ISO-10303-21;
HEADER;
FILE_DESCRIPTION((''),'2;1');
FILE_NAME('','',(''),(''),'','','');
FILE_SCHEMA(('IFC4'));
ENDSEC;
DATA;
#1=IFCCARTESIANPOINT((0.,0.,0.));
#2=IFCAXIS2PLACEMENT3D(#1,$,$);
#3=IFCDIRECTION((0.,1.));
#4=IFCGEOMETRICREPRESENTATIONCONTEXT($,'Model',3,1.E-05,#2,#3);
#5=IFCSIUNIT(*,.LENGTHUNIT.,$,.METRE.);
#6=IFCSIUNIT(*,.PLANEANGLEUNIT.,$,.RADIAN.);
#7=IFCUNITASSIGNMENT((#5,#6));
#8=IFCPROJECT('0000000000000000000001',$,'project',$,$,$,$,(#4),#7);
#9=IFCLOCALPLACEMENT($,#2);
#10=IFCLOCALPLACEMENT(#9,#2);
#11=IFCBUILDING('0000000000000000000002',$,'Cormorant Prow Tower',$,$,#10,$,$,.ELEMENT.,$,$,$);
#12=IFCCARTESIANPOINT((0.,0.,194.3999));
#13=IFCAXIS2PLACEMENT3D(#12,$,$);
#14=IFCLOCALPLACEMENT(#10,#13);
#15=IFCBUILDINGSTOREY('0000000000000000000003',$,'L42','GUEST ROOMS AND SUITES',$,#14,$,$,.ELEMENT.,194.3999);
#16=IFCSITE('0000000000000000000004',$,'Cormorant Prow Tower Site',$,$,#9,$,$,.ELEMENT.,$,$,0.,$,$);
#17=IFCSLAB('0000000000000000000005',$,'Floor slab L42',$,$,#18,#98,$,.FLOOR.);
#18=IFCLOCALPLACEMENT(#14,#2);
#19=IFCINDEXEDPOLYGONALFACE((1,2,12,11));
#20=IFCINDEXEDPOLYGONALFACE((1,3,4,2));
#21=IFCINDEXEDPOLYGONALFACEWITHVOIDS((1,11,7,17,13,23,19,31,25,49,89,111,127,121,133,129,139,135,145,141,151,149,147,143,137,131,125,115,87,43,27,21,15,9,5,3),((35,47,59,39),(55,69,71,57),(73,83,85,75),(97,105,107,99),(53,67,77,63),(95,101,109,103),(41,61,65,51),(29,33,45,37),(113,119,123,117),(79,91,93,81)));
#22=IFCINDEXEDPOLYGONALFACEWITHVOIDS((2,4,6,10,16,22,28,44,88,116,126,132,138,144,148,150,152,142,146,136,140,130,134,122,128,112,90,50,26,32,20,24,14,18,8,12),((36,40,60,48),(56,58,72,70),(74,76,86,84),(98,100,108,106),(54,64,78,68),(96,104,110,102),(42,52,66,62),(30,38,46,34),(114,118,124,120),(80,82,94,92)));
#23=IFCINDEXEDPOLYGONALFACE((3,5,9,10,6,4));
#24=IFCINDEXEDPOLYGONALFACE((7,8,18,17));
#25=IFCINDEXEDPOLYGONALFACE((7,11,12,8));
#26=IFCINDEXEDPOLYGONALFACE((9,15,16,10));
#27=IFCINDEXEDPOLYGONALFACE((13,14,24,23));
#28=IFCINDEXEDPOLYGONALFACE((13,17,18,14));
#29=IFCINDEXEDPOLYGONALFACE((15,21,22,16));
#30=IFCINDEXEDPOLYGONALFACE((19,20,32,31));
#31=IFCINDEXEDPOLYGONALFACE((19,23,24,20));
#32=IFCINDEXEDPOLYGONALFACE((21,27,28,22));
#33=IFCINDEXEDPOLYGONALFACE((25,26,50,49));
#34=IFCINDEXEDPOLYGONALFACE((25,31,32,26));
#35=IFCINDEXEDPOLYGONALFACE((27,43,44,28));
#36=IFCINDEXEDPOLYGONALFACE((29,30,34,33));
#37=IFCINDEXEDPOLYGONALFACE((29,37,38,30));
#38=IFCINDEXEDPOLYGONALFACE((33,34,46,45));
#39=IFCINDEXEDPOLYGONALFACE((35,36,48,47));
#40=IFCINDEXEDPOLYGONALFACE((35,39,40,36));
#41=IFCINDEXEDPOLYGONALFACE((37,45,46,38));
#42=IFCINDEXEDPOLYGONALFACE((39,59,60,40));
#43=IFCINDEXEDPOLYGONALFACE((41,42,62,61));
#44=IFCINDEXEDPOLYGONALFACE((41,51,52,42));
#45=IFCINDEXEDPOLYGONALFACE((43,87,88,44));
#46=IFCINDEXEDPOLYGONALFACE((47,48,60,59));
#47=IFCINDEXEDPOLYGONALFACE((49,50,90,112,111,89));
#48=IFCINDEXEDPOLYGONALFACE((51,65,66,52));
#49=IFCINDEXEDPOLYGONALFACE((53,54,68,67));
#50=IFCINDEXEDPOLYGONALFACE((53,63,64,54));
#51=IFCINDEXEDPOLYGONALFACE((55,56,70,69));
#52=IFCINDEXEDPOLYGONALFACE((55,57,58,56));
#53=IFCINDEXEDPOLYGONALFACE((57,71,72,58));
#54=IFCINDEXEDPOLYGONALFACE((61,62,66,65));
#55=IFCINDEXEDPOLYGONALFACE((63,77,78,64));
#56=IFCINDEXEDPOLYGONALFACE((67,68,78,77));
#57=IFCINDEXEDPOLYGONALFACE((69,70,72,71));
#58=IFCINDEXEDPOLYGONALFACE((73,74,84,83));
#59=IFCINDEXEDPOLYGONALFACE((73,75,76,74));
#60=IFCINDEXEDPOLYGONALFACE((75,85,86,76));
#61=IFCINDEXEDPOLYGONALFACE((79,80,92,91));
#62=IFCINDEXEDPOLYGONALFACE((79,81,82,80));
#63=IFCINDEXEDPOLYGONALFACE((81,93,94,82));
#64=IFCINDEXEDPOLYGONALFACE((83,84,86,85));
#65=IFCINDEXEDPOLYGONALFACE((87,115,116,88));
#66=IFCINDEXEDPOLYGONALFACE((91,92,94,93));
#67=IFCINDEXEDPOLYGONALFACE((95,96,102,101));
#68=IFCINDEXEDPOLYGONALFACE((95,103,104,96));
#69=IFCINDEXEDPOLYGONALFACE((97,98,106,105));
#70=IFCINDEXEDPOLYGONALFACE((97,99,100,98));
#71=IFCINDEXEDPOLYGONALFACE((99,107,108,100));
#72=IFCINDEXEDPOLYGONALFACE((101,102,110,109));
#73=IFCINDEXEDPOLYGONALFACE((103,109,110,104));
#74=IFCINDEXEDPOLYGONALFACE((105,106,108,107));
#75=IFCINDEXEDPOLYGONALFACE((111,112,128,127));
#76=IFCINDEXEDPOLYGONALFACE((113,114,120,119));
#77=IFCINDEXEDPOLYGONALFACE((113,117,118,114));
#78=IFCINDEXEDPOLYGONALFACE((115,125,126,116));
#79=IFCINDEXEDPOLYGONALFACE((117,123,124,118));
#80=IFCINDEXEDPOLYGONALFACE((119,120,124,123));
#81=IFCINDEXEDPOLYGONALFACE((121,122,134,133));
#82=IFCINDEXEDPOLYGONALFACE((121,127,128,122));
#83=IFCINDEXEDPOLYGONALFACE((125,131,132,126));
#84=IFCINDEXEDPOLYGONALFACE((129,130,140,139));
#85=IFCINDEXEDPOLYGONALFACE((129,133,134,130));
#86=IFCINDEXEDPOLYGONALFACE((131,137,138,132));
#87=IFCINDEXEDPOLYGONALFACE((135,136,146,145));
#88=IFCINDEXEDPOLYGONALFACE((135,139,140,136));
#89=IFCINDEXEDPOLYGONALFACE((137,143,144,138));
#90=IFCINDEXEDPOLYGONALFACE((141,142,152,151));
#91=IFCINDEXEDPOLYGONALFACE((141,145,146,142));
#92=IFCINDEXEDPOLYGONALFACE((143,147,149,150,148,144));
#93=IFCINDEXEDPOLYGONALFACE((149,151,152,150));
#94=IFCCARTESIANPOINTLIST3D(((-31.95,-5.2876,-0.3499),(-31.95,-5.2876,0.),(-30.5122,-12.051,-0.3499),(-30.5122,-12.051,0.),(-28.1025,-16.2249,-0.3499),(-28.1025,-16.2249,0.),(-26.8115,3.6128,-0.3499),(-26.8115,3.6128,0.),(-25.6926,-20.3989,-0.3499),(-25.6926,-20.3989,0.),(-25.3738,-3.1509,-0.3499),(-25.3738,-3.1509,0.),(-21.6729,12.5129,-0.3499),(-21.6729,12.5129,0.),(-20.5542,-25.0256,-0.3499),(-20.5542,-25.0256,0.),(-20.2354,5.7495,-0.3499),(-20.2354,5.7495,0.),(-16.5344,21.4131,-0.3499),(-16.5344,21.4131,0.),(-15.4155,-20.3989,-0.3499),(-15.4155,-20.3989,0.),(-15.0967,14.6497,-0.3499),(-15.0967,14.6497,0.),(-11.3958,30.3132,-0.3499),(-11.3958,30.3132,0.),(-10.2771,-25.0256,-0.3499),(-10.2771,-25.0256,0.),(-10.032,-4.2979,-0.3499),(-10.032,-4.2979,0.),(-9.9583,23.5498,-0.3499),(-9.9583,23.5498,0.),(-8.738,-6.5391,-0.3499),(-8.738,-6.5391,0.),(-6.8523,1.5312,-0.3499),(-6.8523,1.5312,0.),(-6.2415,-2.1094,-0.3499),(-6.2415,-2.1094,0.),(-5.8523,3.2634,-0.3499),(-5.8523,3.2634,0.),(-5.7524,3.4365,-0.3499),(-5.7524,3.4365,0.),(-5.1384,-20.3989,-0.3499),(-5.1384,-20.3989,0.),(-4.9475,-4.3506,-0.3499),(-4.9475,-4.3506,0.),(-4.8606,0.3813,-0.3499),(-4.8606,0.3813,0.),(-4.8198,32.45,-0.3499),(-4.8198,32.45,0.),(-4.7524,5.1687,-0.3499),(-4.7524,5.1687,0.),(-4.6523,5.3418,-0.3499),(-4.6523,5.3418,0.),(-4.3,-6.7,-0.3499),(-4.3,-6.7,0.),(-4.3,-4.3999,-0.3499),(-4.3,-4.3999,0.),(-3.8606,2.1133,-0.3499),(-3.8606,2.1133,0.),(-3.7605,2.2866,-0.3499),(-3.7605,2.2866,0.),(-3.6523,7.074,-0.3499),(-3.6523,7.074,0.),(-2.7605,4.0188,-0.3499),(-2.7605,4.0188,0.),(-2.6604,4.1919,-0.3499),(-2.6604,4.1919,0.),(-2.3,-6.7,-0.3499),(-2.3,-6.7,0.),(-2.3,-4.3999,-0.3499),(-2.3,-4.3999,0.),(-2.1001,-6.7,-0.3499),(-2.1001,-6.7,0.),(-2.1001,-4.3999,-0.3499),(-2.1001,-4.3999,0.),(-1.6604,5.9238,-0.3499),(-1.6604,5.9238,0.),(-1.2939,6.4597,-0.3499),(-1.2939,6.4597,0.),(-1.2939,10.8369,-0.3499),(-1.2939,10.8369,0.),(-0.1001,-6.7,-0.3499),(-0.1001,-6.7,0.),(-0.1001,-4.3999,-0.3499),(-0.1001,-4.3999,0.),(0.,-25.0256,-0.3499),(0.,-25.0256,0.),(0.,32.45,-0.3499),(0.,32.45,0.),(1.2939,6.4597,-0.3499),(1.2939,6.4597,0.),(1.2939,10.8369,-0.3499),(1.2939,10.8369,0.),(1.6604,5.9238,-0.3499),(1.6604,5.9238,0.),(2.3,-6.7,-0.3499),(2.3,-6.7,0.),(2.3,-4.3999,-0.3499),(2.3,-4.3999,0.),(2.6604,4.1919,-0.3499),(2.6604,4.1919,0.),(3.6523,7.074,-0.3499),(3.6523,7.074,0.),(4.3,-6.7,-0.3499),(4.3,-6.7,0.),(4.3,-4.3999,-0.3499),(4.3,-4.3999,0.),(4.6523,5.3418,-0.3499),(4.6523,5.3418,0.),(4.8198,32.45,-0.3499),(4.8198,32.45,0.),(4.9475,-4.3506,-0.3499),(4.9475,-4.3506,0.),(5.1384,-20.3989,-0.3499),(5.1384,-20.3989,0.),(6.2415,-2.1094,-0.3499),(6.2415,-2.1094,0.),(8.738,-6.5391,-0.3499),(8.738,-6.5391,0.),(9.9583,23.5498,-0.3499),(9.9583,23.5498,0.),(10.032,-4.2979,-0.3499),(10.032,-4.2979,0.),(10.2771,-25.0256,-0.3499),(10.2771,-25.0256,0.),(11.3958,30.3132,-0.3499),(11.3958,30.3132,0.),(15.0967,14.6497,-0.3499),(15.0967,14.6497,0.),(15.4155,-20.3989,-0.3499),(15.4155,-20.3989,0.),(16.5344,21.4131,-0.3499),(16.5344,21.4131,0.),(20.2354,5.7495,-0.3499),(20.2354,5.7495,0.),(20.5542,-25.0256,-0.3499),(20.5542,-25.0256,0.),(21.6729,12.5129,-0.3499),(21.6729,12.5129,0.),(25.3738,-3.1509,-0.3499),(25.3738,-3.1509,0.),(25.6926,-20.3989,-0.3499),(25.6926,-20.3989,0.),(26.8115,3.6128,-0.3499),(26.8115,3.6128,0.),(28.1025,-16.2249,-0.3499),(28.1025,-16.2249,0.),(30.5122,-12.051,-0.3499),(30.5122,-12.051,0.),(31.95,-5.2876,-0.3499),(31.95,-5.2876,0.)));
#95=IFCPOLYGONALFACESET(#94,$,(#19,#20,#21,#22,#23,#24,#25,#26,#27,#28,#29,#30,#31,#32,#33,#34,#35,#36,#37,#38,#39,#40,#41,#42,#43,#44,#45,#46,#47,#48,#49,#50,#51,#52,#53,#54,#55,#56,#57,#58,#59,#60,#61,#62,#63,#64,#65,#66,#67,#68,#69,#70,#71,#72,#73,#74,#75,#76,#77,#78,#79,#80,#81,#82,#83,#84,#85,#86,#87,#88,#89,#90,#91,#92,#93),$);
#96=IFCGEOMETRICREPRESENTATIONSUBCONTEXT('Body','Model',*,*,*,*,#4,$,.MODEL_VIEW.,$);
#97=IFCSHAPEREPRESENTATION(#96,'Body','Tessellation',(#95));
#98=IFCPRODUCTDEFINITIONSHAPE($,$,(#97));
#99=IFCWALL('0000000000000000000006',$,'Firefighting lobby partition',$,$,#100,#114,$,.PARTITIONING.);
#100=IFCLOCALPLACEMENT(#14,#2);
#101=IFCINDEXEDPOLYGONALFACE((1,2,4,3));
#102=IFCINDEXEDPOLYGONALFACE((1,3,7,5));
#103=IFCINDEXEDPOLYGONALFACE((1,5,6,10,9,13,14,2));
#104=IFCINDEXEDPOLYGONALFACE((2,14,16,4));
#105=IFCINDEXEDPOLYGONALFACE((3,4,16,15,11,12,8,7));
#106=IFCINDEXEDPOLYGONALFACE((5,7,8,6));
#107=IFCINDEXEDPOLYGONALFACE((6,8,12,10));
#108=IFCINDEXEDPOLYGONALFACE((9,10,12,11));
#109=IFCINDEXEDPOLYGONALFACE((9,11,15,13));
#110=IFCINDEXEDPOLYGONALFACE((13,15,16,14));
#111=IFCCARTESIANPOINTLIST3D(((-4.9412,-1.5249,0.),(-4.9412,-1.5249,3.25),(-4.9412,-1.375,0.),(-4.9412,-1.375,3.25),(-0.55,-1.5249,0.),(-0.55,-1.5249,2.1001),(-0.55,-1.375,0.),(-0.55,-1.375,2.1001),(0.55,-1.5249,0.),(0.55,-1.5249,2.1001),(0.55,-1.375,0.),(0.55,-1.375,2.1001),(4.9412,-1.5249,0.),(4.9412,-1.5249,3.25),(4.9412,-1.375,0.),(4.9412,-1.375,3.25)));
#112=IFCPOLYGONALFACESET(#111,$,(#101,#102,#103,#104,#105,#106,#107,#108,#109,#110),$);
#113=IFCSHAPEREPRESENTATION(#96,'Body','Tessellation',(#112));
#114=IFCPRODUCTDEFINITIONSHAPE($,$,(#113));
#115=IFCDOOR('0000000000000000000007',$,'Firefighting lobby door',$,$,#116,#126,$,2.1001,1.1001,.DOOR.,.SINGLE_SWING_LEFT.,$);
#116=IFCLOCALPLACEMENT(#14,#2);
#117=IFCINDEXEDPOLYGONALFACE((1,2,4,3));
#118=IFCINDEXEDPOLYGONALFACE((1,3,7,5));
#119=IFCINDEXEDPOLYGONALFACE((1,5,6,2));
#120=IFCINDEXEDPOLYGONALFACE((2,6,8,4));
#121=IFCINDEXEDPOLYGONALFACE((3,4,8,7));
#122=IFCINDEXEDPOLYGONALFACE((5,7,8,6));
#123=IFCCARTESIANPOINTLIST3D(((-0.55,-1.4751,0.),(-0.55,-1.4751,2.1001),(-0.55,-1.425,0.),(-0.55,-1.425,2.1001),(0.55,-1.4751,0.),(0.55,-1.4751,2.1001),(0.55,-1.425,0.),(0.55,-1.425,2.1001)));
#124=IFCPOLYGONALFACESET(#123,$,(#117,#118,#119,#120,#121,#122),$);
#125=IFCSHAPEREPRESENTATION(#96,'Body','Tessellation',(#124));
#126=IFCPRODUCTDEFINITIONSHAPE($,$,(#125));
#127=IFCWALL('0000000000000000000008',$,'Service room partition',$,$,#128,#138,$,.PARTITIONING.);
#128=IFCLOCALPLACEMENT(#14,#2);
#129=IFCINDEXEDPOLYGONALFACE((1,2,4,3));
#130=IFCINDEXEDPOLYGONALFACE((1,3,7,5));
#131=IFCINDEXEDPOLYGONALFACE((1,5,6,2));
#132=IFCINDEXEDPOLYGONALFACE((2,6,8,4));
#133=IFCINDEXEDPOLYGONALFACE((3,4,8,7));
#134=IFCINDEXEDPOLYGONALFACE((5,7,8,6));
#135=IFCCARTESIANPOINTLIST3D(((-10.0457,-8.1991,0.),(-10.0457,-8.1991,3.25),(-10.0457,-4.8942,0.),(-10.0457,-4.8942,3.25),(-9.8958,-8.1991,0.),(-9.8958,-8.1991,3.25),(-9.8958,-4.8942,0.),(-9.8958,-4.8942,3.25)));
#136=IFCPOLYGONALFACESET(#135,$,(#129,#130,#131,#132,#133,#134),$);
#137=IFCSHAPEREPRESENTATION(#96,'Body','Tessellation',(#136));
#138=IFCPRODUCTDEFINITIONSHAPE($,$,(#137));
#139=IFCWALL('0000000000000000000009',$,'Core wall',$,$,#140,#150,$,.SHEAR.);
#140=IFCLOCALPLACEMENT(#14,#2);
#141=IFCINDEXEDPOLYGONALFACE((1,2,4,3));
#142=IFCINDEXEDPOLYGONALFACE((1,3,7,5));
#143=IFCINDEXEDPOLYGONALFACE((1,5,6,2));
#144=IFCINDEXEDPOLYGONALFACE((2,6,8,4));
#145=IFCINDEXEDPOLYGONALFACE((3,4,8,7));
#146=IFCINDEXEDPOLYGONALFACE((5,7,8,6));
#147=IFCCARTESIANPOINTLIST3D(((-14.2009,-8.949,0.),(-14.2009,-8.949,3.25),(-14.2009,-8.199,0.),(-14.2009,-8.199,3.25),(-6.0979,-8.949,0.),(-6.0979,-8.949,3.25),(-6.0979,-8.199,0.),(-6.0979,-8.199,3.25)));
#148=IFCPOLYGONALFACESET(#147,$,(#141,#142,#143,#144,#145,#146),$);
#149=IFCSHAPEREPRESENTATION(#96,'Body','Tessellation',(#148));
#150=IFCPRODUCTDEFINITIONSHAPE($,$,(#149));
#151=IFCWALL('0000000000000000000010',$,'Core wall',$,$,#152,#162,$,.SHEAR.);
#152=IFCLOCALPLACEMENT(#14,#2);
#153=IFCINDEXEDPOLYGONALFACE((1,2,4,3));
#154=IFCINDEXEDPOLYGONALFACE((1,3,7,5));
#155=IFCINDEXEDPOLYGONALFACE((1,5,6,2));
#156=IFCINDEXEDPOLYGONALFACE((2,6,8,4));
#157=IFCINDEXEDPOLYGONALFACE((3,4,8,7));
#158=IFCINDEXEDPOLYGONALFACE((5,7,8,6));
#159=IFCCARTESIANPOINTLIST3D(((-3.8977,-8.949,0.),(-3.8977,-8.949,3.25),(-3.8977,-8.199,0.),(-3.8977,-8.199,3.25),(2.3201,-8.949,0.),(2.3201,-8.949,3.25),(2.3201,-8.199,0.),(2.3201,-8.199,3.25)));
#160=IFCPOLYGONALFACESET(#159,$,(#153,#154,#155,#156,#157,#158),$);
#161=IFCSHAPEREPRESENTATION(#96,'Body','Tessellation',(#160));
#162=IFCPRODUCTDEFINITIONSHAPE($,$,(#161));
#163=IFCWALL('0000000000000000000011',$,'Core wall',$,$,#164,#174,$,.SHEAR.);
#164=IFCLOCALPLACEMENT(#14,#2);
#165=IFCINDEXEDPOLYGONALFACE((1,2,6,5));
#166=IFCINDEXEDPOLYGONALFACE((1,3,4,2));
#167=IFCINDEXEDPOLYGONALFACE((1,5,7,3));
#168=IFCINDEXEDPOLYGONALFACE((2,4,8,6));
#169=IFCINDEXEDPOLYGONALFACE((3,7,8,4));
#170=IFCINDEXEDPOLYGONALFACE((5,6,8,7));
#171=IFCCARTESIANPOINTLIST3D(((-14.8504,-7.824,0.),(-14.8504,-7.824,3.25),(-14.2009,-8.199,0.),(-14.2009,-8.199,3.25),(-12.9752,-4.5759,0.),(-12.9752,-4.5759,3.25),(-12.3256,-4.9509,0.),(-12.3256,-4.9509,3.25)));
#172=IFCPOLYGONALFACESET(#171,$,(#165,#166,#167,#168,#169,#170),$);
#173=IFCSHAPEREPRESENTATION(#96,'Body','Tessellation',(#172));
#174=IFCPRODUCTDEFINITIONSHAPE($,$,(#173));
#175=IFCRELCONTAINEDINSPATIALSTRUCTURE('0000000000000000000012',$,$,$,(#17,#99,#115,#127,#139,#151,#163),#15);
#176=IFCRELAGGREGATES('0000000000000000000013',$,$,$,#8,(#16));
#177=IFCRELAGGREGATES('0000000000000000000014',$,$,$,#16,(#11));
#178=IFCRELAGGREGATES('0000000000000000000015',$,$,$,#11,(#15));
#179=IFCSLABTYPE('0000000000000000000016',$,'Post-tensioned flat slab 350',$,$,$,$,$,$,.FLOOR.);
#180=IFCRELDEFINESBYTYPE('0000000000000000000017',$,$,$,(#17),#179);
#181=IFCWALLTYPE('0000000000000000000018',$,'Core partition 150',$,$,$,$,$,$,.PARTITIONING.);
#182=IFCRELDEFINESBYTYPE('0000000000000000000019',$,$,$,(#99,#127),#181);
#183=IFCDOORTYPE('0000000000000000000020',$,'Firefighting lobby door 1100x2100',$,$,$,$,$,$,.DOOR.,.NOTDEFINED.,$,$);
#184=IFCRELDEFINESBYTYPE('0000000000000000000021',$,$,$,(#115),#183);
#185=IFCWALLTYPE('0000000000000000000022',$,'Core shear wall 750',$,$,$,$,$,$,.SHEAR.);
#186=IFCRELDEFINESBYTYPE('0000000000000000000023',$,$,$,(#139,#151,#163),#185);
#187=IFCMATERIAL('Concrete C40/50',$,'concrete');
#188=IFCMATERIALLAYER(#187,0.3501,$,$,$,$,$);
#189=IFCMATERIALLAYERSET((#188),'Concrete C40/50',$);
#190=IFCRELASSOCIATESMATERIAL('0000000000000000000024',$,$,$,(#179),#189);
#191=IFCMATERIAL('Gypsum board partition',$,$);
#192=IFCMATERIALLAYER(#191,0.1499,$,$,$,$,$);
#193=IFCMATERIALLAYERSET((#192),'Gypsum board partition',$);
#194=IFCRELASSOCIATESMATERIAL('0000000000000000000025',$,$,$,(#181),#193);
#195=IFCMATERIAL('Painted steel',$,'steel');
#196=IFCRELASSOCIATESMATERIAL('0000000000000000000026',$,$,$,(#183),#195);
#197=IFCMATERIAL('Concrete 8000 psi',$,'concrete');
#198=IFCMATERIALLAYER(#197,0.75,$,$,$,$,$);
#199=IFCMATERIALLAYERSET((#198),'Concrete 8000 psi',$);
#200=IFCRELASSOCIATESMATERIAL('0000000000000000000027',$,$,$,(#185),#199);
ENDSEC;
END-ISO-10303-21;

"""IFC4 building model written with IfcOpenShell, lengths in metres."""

from ifc_helpers import new_model, si_unit, direction, frame, frame_2d, origin, place, context, subcontext, project, spatial, polyline, rectangle, outline, extrude, material, layer, layer_set, type_object, element, fill, save


model = new_model("IFC4")

# Units and contexts
model_context = context("Model", 3, precision=1e-05, world=origin(), true_north=direction((0.0, 1.0)))
body_context = subcontext(model_context, "Body", "Model", "MODEL_VIEW")
ifc_project = project(units=[si_unit("LENGTHUNIT", "METRE"), si_unit("PLANEANGLEUNIT", "RADIAN")], contexts=[model_context])

# Site, building, storey
site_placement = place(None, origin())
site = spatial("IfcSite", under=ifc_project, at=site_placement, Name="Cormorant Prow Tower Site", CompositionType="ELEMENT", RefElevation=0.0)
building_placement = place(site_placement, origin())
building = spatial("IfcBuilding", under=site, at=building_placement, Name="Cormorant Prow Tower", CompositionType="ELEMENT")
storey_placement = place(building_placement, frame((0.0, 0.0, 194.3999)))
storey = spatial("IfcBuildingStorey", under=building, at=storey_placement, Name="L42", Description="GUEST ROOMS AND SUITES", CompositionType="ELEMENT", Elevation=194.3999)

# Slab
ifc_material_1 = material(Name="Concrete C40/50", Category="concrete")
ifc_layer_1 = layer(ifc_material_1, 0.3501)
ifc_layer_set_1 = layer_set([ifc_layer_1], Name="Concrete C40/50")
slab_type_1 = type_object("IfcSlabType", Name="Post-tensioned flat slab 350", PredefinedType="FLOOR", material=ifc_layer_set_1)
slab_1_placement = place(storey_placement, frame((0.0, 0.0, -0.3499)))
element("IfcSlab", 1, at=slab_1_placement, inside=storey, type_object=slab_type_1, Name="Floor slab L42", PredefinedType="FLOOR", context=body_context, shape_type="SweptSolid", body=[
    extrude(outline(polyline([(-9.9583, 23.5498), (-16.5344, 21.4131), (-15.0967, 14.6497), (-21.6729, 12.5129), (-20.2354, 5.7495), (-26.8115, 3.6128), (-25.3738, -3.1509), (-31.95, -5.2876), (-30.5122, -12.051), (-28.1025, -16.2249), (-25.6926, -20.3989), (-20.5542, -25.0256), (-15.4155, -20.3989), (-10.2771, -25.0256), (-5.1384, -20.3989), (0.0, -25.0256), (5.1384, -20.3989), (10.2771, -25.0256), (15.4155, -20.3989), (20.5542, -25.0256), (25.6926, -20.3989), (28.1025, -16.2249), (30.5122, -12.051), (31.95, -5.2876), (25.3738, -3.1509), (26.8115, 3.6128), (20.2354, 5.7495), (21.6729, 12.5129), (15.0967, 14.6497), (16.5344, 21.4131), (9.9583, 23.5498), (11.3958, 30.3132), (4.8198, 32.45), (0.0, 32.45), (-4.8198, 32.45), (-11.3958, 30.3132), (-9.9583, 23.5498)]), holes=[polyline([(-4.3, -4.3999), (-2.3, -4.3999), (-2.3, -6.7), (-4.3, -6.7), (-4.3, -4.3999)]), polyline([(-0.1001, -4.3999), (-0.1001, -6.7), (-2.1001, -6.7), (-2.1001, -4.3999), (-0.1001, -4.3999)]), polyline([(4.3, -6.7), (2.3, -6.7), (2.3, -4.3999), (4.3, -4.3999), (4.3, -6.7)]), polyline([(4.6523, 5.3418), (2.6604, 4.1919), (1.6604, 5.9238), (3.6523, 7.074), (4.6523, 5.3418)]), polyline([(-1.6604, 5.9238), (-2.6604, 4.1919), (-4.6523, 5.3418), (-3.6523, 7.074), (-1.6604, 5.9238)]), polyline([(-3.7605, 2.2866), (-5.7524, 3.4365), (-4.7524, 5.1687), (-2.7605, 4.0188), (-3.7605, 2.2866)]), polyline([(-6.8523, 1.5312), (-5.8523, 3.2634), (-3.8606, 2.1133), (-4.8606, 0.3813), (-6.8523, 1.5312)]), polyline([(-4.9475, -4.3506), (-8.738, -6.5391), (-10.032, -4.2979), (-6.2415, -2.1094), (-4.9475, -4.3506)]), polyline([(10.032, -4.2979), (8.738, -6.5391), (4.9475, -4.3506), (6.2415, -2.1094), (10.032, -4.2979)]), polyline([(1.2939, 10.8369), (1.2939, 6.4597), (-1.2939, 6.4597), (-1.2939, 10.8369), (1.2939, 10.8369)])]), origin(), (0.0, 0.0, 1.0), 0.3499),
])

# Wall, opening, door
ifc_material_2 = material(Name="Gypsum board partition")
ifc_layer_2 = layer(ifc_material_2, 0.1499)
ifc_layer_set_2 = layer_set([ifc_layer_2], Name="Gypsum board partition")
wall_type_1 = type_object("IfcWallType", Name="Core partition 150", PredefinedType="PARTITIONING", material=ifc_layer_set_2)
wall_1_placement = place(storey_placement, frame((-4.9412, -1.45, 0.0), z_axis=(0.0, 0.0, 1.0), x_axis=(1.0, 0.0, 0.0)))
wall_1 = element("IfcWall", 2, at=wall_1_placement, inside=storey, type_object=wall_type_1, Name="Firefighting lobby partition", PredefinedType="PARTITIONING", context=body_context, shape_type="SweptSolid", body=[
    extrude(rectangle(XDim=9.8823, YDim=0.1499, at=frame_2d((4.9412, 0.0))), origin(), (0.0, 0.0, 1.0), 3.25),
])
opening_1_placement = place(wall_1_placement, frame((4.3911, 0.0, 0.0)))
opening_1 = element("IfcOpeningElement", 3, at=opening_1_placement, cuts=wall_1, PredefinedType="OPENING", context=body_context, shape_type="SweptSolid", body=[
    extrude(rectangle(XDim=1.1001, YDim=2.1001, at=frame_2d((0.55, 1.05))), frame((0.0, 0.085, 0.0), z_axis=(0.0, -1.0, 0.0), x_axis=(1.0, 0.0, 0.0)), (0.0, 0.0, 1.0), 0.1699),
])
ifc_material_3 = material(Name="Painted steel", Category="steel")
door_type_1 = type_object("IfcDoorType", Name="Firefighting lobby door 1100x2100", OperationType="NOTDEFINED", PredefinedType="DOOR", material=ifc_material_3)
door_1_placement = place(opening_1_placement, origin())
door_1 = element("IfcDoor", 4, at=door_1_placement, inside=storey, type_object=door_type_1, Name="Firefighting lobby door", OperationType="SINGLE_SWING_LEFT", OverallHeight=2.1001, OverallWidth=1.1001, PredefinedType="DOOR", context=body_context, shape_type="SweptSolid", body=[
    extrude(rectangle(XDim=1.1001, YDim=2.1001, at=frame_2d((0.55, 1.05))), frame((0.0, 0.0249, 0.0), z_axis=(0.0, -1.0, 0.0), x_axis=(1.0, 0.0, 0.0)), (0.0, 0.0, 1.0), 0.05),
])
fill(opening_1, door_1)

# Walls
wall_2_placement = place(storey_placement, frame((-9.9707, -8.199, 0.0), z_axis=(0.0, 0.0, 1.0), x_axis=(0.0, 1.0, 0.0)))
element("IfcWall", 5, at=wall_2_placement, inside=storey, type_object=wall_type_1, Name="Service room partition", PredefinedType="PARTITIONING", context=body_context, shape_type="SweptSolid", body=[
    extrude(rectangle(XDim=3.3049, YDim=0.1499, at=frame_2d((1.6523, 0.0))), origin(), (0.0, 0.0, 1.0), 3.25),
])
ifc_material_4 = material(Name="Concrete 8000 psi", Category="concrete")
ifc_layer_3 = layer(ifc_material_4, 0.75)
ifc_layer_set_3 = layer_set([ifc_layer_3], Name="Concrete 8000 psi")
wall_type_2 = type_object("IfcWallType", Name="Core shear wall 750", PredefinedType="SHEAR", material=ifc_layer_set_3)
wall_3_placement = place(storey_placement, frame((-14.2009, -8.574, 0.0), z_axis=(0.0, 0.0, 1.0), x_axis=(1.0, 0.0, 0.0)))
element("IfcWall", 6, at=wall_3_placement, inside=storey, type_object=wall_type_2, Name="Core wall", PredefinedType="SHEAR", context=body_context, shape_type="SweptSolid", body=[
    extrude(rectangle(XDim=8.103, YDim=0.75, at=frame_2d((4.0515, 0.0))), origin(), (0.0, 0.0, 1.0), 3.25),
])
wall_4_placement = place(storey_placement, frame((-3.8977, -8.574, 0.0), z_axis=(0.0, 0.0, 1.0), x_axis=(1.0, 0.0, 0.0)))
element("IfcWall", 7, at=wall_4_placement, inside=storey, type_object=wall_type_2, Name="Core wall", PredefinedType="SHEAR", context=body_context, shape_type="SweptSolid", body=[
    extrude(rectangle(XDim=6.2178, YDim=0.75, at=frame_2d((3.1089, 0.0))), origin(), (0.0, 0.0, 1.0), 3.25),
])
wall_5_placement = place(storey_placement, frame((-12.6504, -4.7634, 0.0), z_axis=(0.0, 0.0, 1.0), x_axis=(-0.499997, -0.866027, 0.0)))
element("IfcWall", 8, at=wall_5_placement, inside=storey, type_object=wall_type_2, Name="Core wall", PredefinedType="SHEAR", context=body_context, shape_type="SweptSolid", body=[
    extrude(rectangle(XDim=3.7505, YDim=0.75, at=frame_2d((1.8752, 0.0))), origin(), (0.0, 0.0, 1.0), 3.25),
])

save(model, "model.ifc")
